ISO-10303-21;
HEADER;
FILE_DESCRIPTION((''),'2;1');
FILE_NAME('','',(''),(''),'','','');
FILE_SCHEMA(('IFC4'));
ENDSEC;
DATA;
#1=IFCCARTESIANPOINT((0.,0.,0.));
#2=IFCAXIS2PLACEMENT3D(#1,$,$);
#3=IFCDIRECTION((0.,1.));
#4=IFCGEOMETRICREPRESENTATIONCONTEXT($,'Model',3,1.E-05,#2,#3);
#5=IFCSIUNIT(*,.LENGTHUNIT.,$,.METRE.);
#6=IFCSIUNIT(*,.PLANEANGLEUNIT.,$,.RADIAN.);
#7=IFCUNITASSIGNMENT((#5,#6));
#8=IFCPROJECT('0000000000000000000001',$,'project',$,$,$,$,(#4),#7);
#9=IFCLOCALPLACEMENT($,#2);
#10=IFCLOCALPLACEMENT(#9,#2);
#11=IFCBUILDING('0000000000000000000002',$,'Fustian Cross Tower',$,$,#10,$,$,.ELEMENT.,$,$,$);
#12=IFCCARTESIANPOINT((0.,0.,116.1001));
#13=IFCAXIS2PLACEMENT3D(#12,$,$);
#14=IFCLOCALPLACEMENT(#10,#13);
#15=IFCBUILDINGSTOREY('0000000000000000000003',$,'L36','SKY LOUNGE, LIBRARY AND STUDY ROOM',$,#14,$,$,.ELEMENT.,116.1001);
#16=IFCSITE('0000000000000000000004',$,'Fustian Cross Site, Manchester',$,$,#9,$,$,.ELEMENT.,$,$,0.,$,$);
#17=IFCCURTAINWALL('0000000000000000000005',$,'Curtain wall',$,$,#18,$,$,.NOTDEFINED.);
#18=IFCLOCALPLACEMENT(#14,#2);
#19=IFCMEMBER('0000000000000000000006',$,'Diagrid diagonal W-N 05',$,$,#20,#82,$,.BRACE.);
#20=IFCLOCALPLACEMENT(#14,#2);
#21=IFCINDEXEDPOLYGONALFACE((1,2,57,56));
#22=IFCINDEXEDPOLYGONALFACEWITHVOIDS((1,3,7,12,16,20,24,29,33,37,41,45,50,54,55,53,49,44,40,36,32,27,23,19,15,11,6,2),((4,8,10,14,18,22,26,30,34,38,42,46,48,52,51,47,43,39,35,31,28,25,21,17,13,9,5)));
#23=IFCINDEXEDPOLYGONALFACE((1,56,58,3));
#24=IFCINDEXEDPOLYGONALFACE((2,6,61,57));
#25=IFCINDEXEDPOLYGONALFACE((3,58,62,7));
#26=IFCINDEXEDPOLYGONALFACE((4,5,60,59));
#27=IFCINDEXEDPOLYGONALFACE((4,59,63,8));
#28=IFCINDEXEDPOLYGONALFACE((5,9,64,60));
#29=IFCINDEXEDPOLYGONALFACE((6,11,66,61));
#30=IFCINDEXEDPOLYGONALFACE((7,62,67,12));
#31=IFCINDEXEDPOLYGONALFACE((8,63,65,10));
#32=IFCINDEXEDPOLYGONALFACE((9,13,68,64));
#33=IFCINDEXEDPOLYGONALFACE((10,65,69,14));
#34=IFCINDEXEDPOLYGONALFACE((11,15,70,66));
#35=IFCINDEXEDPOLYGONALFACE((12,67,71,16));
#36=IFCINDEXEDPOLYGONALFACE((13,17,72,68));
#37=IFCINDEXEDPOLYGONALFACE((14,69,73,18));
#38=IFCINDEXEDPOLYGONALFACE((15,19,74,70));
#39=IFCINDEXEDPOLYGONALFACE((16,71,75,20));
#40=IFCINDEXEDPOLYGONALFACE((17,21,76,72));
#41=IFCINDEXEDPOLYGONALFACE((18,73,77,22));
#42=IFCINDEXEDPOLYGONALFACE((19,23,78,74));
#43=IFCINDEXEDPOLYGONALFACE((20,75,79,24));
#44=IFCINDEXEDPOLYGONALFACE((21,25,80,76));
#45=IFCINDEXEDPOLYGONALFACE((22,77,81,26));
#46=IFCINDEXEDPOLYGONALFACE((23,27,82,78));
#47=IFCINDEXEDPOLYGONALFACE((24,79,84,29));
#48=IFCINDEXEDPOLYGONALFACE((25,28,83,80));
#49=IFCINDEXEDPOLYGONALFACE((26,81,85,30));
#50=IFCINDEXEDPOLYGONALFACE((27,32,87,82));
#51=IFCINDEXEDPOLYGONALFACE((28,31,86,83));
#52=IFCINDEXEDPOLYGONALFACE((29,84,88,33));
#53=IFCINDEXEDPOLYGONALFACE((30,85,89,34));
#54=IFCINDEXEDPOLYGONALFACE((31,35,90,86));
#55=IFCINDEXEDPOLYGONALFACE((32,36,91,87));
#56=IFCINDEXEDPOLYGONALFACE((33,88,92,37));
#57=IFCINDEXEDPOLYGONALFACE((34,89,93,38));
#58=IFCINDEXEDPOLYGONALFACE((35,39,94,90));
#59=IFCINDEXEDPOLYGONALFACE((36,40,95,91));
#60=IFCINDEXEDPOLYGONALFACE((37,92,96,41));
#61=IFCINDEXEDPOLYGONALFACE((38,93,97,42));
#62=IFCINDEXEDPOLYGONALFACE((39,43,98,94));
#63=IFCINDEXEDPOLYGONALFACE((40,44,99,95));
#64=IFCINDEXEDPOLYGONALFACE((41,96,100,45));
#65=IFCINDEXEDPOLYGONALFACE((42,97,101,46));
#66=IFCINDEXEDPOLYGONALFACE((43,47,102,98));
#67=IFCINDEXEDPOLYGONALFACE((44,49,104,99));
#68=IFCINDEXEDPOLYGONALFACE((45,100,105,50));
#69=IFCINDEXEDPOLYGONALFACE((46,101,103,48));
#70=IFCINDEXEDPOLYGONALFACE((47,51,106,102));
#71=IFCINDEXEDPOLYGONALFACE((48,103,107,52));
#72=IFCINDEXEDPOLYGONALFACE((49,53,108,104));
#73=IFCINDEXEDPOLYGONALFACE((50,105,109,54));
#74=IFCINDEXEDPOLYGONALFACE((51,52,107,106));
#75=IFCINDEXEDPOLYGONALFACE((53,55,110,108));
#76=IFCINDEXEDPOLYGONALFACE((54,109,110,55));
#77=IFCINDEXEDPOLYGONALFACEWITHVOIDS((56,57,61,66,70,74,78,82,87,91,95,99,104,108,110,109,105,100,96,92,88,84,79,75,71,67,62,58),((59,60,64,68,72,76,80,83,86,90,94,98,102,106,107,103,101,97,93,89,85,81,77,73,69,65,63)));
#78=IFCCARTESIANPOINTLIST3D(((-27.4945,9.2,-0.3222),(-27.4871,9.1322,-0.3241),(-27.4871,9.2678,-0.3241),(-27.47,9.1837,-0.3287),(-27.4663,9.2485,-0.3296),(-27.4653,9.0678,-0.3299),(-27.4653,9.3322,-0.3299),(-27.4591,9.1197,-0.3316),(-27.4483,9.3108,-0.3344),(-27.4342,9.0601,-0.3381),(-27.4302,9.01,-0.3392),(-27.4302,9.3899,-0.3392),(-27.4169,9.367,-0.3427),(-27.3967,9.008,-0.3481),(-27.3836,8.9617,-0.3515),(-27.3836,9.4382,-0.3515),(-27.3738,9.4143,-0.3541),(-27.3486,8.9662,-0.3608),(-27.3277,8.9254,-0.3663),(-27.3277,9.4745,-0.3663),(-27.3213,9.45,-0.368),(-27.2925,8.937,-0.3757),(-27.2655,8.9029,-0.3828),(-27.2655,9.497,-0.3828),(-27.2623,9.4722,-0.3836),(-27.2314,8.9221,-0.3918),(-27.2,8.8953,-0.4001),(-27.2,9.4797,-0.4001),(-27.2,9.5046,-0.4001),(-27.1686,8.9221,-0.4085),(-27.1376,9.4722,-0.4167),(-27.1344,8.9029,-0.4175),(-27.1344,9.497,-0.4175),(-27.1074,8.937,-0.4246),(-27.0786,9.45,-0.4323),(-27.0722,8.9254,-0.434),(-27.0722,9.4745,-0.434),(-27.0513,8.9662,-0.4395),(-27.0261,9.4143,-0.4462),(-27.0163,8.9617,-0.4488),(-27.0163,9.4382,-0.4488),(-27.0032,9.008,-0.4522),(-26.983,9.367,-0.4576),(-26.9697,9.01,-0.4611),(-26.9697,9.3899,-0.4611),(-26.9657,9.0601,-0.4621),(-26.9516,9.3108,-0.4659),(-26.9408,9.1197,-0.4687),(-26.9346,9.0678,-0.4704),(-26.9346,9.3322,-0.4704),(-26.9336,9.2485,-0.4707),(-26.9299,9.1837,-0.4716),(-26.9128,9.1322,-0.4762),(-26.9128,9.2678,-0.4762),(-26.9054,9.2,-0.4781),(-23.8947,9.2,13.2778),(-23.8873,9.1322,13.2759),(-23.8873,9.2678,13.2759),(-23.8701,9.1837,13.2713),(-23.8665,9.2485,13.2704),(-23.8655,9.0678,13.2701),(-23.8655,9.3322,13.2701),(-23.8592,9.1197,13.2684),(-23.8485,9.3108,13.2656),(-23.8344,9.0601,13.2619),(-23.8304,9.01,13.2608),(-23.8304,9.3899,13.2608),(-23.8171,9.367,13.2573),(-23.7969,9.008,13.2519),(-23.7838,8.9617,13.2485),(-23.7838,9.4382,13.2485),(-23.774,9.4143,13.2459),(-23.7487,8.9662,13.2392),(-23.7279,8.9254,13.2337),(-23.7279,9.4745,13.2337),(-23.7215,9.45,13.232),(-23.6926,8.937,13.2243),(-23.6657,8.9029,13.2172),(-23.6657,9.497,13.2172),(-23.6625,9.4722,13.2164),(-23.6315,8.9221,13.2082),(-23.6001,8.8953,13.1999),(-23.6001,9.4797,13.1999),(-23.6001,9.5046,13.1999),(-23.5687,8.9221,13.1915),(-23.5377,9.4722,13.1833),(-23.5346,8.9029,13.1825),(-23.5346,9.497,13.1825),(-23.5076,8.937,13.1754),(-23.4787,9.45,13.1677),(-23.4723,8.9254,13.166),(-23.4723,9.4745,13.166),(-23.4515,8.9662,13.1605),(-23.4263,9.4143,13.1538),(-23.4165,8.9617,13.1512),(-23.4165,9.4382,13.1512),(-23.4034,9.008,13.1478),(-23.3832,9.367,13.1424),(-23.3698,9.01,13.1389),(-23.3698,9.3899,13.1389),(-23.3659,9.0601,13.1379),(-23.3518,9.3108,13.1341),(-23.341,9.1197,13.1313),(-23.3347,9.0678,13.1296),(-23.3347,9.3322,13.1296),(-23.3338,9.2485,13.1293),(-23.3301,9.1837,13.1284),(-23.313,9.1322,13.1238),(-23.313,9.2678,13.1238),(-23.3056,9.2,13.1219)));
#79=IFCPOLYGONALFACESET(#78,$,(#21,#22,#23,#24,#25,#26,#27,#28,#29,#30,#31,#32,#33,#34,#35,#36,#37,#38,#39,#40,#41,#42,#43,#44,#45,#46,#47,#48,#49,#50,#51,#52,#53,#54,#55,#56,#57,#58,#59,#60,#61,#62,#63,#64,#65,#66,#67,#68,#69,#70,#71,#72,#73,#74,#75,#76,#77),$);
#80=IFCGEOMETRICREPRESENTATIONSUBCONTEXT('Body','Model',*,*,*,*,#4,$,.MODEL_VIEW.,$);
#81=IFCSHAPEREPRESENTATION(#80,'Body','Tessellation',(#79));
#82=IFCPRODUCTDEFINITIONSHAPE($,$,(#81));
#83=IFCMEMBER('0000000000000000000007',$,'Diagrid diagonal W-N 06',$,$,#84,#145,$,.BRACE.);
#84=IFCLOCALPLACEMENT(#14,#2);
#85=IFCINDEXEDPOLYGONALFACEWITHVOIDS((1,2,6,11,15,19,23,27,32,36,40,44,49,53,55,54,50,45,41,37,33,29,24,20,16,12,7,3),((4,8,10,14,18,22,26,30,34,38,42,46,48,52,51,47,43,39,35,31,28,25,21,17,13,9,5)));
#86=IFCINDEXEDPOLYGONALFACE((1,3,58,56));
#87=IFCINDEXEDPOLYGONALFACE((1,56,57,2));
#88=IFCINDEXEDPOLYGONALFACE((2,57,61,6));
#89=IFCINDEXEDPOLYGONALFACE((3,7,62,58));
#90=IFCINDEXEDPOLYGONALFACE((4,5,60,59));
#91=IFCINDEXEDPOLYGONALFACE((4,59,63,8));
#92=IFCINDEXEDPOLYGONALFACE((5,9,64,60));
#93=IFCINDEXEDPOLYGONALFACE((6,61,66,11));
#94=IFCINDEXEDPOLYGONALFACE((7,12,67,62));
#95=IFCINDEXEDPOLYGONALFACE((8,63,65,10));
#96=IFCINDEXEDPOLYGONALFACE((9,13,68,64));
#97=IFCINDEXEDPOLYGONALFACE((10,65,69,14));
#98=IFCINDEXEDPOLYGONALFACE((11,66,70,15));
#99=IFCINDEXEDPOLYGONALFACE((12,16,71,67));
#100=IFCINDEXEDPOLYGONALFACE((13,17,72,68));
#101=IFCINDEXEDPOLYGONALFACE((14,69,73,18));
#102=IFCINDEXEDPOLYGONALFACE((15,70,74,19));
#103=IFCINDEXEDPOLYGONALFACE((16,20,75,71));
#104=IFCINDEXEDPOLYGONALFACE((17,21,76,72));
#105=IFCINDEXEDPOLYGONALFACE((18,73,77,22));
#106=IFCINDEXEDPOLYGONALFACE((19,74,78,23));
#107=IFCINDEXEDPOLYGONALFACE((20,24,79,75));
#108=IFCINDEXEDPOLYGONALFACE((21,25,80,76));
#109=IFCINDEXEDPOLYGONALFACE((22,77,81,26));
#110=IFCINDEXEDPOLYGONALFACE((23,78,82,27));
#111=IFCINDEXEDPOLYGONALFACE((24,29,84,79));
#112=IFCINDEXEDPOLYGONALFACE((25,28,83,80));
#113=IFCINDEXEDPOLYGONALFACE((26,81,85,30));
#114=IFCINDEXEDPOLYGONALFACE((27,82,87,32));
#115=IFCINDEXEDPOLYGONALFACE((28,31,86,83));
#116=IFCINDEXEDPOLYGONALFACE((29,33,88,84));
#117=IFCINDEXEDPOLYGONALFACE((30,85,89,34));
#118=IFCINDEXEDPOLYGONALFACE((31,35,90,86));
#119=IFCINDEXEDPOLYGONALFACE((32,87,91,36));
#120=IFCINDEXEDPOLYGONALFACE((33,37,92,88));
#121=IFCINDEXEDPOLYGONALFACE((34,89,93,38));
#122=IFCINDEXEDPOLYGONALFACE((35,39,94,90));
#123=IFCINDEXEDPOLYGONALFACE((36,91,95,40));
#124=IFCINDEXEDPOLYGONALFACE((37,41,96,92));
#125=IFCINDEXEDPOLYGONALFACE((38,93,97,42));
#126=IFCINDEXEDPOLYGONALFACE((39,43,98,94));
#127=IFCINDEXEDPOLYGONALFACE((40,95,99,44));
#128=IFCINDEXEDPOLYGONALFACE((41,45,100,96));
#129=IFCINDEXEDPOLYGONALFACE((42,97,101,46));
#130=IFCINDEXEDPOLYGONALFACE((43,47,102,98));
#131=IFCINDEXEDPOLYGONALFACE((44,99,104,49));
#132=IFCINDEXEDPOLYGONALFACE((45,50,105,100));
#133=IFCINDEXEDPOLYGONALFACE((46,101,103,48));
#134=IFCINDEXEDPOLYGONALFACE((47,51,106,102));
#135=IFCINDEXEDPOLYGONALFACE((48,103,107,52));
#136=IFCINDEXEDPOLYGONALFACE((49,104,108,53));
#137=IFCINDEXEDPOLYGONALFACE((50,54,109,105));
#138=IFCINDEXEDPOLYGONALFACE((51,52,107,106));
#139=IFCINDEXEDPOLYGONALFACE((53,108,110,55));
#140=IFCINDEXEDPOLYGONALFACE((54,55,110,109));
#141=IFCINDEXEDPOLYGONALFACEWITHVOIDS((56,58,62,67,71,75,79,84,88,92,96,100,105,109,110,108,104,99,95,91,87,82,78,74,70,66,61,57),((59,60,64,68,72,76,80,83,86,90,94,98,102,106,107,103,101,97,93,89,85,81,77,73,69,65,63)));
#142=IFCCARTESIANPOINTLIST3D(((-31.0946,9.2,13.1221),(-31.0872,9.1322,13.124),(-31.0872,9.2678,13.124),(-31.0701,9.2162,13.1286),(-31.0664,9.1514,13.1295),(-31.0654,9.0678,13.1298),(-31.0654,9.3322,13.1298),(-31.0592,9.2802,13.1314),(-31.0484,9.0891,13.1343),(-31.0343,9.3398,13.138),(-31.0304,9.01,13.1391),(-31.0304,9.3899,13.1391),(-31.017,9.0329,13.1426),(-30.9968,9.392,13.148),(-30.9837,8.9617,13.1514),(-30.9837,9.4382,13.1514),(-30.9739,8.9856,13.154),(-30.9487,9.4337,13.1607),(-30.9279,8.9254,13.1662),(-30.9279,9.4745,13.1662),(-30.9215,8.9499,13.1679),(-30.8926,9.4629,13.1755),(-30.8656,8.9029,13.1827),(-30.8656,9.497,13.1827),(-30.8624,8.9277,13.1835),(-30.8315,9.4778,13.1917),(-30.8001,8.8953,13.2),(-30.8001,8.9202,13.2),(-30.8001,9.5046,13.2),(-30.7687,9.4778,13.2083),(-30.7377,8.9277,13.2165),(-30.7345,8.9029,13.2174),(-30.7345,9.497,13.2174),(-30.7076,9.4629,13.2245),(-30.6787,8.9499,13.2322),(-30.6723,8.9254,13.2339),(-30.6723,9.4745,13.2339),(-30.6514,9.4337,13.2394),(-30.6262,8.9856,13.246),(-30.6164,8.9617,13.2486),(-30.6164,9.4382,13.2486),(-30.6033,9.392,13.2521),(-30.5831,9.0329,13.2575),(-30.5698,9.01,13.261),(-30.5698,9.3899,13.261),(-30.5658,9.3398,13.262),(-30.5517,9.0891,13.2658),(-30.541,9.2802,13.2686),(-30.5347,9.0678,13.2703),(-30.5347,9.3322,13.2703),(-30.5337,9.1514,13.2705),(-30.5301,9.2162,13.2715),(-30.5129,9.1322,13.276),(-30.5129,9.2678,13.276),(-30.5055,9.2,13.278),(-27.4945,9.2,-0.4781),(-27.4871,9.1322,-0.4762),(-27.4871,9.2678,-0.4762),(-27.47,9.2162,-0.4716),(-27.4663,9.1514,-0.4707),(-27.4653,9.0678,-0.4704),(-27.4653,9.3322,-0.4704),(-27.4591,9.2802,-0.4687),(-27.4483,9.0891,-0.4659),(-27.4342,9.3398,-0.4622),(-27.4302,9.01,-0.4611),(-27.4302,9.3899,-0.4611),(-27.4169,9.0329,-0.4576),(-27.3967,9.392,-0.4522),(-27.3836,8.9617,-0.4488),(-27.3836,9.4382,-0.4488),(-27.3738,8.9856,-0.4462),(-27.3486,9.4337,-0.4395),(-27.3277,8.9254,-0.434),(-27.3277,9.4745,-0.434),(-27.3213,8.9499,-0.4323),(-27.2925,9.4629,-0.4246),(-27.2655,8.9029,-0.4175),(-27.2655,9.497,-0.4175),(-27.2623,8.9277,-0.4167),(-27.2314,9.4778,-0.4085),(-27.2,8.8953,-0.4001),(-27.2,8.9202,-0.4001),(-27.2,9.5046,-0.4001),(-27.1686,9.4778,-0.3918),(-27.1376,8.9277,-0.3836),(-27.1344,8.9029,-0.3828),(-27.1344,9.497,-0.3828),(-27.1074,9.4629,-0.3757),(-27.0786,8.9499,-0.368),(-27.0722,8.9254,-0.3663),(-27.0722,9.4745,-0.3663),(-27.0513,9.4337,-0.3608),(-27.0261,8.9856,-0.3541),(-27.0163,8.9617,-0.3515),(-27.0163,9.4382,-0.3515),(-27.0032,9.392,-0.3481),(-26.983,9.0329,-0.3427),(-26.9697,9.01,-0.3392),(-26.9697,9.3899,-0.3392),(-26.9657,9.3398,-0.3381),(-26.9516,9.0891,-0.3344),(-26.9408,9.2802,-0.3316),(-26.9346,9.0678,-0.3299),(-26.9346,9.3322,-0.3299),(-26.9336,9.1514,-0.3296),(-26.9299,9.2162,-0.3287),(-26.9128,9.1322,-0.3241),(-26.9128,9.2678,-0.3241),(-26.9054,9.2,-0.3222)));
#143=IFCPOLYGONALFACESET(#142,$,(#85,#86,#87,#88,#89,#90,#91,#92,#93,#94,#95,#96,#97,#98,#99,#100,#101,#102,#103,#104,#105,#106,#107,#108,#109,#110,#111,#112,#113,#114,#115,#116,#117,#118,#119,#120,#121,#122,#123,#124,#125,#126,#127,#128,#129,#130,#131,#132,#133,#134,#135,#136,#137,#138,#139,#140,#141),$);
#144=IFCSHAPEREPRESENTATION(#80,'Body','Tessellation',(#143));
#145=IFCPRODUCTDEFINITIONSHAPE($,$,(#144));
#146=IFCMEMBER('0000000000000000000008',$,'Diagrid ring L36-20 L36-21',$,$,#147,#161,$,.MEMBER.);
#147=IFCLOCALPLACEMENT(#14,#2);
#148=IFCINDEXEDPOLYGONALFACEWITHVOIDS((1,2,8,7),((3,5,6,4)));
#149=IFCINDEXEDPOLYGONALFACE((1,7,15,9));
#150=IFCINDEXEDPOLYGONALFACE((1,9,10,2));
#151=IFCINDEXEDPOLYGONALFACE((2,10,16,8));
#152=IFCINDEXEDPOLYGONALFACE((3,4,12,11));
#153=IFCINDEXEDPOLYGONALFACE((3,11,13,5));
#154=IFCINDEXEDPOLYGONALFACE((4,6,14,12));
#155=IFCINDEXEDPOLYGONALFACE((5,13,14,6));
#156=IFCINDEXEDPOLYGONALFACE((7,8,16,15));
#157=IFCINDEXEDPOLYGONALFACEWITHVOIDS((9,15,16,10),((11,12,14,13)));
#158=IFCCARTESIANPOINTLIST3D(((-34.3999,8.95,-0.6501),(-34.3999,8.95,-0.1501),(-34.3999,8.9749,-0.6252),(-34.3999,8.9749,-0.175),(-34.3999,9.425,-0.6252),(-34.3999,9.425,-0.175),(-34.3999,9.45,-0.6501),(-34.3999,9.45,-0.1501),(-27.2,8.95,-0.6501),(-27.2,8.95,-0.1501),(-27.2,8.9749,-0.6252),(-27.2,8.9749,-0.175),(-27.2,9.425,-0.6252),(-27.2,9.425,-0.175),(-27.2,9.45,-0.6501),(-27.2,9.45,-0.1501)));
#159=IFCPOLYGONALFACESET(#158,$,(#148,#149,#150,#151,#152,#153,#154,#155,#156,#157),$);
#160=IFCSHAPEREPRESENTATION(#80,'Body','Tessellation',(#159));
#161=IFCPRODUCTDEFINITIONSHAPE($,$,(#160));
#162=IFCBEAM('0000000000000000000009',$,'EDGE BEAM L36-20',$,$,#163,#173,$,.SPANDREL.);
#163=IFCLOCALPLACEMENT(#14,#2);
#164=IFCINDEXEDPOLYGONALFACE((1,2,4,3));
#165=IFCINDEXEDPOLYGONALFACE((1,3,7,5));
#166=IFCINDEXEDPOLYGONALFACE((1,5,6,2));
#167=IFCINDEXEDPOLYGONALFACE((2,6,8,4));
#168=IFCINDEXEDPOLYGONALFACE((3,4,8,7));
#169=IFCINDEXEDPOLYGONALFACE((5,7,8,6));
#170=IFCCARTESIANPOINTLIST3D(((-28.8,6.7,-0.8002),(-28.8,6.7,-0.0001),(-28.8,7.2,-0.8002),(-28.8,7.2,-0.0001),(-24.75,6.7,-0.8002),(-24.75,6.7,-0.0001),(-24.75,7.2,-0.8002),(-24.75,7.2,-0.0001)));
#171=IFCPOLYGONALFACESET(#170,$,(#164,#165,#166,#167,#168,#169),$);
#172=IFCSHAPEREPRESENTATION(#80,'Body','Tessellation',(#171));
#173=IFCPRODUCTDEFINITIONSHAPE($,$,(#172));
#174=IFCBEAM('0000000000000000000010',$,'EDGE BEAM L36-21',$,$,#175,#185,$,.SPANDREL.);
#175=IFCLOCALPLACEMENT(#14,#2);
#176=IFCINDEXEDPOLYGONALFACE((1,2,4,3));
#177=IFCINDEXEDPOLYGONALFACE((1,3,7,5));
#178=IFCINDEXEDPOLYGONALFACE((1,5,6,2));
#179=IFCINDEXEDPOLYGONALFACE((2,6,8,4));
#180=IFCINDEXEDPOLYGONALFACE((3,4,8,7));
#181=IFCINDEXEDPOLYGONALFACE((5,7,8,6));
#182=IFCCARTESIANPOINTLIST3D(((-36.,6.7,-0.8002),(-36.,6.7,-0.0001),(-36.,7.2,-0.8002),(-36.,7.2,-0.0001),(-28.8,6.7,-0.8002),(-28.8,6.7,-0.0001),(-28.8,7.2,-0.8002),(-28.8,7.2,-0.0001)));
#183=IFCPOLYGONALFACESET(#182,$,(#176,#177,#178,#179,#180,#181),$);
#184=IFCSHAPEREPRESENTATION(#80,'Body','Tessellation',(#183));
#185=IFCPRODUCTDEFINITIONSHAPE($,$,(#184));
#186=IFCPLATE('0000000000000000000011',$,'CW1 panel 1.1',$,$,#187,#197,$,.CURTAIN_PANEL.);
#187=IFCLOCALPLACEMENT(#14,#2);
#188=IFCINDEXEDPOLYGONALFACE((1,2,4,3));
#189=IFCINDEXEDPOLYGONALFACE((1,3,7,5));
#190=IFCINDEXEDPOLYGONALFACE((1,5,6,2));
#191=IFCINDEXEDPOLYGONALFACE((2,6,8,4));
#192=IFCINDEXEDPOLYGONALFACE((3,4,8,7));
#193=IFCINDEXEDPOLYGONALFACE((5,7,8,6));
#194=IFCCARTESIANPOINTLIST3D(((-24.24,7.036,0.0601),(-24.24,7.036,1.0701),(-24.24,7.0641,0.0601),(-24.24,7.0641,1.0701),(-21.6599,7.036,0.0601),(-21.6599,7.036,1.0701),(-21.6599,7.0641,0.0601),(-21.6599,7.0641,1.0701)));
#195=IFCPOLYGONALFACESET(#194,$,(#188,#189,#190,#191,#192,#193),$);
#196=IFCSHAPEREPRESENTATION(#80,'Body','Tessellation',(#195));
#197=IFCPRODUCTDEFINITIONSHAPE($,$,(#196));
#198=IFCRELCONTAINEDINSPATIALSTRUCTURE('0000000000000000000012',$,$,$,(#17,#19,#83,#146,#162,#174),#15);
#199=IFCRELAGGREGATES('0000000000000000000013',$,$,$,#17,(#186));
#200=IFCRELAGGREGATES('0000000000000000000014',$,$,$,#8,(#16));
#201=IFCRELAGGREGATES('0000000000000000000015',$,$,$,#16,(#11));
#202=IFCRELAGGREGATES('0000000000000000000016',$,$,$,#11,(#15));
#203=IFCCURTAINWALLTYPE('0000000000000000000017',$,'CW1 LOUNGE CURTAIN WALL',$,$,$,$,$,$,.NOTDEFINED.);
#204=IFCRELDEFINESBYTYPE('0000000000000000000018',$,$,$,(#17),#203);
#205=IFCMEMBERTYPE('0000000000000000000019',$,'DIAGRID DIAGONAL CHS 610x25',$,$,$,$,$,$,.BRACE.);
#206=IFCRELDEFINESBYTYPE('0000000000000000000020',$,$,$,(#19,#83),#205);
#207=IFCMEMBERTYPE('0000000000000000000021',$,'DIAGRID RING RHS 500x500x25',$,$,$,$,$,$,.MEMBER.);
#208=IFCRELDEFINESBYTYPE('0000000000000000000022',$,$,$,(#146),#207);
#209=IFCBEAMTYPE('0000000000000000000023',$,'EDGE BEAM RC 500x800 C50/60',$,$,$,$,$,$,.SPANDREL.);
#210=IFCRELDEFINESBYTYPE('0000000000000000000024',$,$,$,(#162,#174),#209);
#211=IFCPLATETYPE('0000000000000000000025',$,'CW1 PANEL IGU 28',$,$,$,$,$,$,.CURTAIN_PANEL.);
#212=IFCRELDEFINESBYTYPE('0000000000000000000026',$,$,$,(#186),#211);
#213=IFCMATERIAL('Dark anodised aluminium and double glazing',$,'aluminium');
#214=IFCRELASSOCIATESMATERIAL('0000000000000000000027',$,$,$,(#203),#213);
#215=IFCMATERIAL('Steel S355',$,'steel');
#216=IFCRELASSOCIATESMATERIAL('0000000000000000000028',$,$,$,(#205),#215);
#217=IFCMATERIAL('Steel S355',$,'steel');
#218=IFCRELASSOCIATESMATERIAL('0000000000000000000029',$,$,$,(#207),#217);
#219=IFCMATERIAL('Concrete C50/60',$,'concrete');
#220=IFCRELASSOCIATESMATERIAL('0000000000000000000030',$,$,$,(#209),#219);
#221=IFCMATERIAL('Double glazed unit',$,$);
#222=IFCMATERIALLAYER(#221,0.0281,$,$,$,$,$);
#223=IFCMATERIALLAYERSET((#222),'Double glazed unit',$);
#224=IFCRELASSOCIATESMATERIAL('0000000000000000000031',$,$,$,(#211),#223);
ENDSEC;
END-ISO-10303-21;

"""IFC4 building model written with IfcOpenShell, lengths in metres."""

from ifc_helpers import new_model, si_unit, direction, frame, origin, origin_2d, place, context, subcontext, project, spatial, rectangle, hollow_rectangle, hollow_circle, extrude, material, layer, layer_set, material_profile, profile_set, type_object, element, aggregate, save


model = new_model("IFC4")

# Units and contexts
model_context = context("Model", 3, precision=1e-05, world=origin(), true_north=direction((0.0, 1.0)))
body_context = subcontext(model_context, "Body", "Model", "MODEL_VIEW")
ifc_project = project(units=[si_unit("LENGTHUNIT", "METRE"), si_unit("PLANEANGLEUNIT", "RADIAN")], contexts=[model_context])

# Site, building, storey
site_placement = place(None, origin())
site = spatial("IfcSite", under=ifc_project, at=site_placement, Name="Fustian Cross Site, Manchester", CompositionType="ELEMENT", RefElevation=0.0)
building_placement = place(site_placement, origin())
building = spatial("IfcBuilding", under=site, at=building_placement, Name="Fustian Cross Tower", CompositionType="ELEMENT")
storey_placement = place(building_placement, frame((0.0, 0.0, 116.1001)))
storey = spatial("IfcBuildingStorey", under=building, at=storey_placement, Name="L36", Description="SKY LOUNGE, LIBRARY AND STUDY ROOM", CompositionType="ELEMENT", Elevation=116.1001)

# Curtain wall
ifc_material_1 = material(Name="Dark anodised aluminium and double glazing", Category="aluminium")
curtain_wall_type = type_object("IfcCurtainWallType", Name="CW1 LOUNGE CURTAIN WALL", PredefinedType="NOTDEFINED", material=ifc_material_1)
curtain_wall_1_placement = place(storey_placement, origin())
curtain_wall_1 = element("IfcCurtainWall", 1, at=curtain_wall_1_placement, inside=storey, type_object=curtain_wall_type, Name="Curtain wall", PredefinedType="NOTDEFINED")

# Members
ifc_material_2 = material(Name="Steel S355", Category="steel")
ifc_material_profile_1 = material_profile(ifc_material_2, hollow_circle(Radius=0.3047, WallThickness=0.0249, at=origin_2d()), Name="CHS 610x25")
ifc_profile_set_1 = profile_set([ifc_material_profile_1], Name="Steel S355")
member_type_1 = type_object("IfcMemberType", Name="DIAGRID DIAGONAL CHS 610x25", PredefinedType="BRACE", material=ifc_profile_set_1)
member_1_placement = place(storey_placement, frame((-27.2, 9.2, -0.4001), z_axis=(0.255881, 0.0, 0.966708), x_axis=(0.0, 1.0, 0.0)))
element("IfcMember", 2, at=member_1_placement, inside=storey, type_object=member_type_1, Name="Diagrid diagonal W-N 05", PredefinedType="BRACE", context=body_context, shape_type="SweptSolid", body=[
    extrude(hollow_circle(Radius=0.3047, WallThickness=0.0249, at=origin_2d()), origin(), (0.0, 0.0, 1.0), 14.0684),
])
member_2_placement = place(storey_placement, frame((-27.2, 9.2, -0.4001), z_axis=(-0.255897, 0.0, 0.966704), x_axis=(0.0, -1.0, 0.0)))
element("IfcMember", 3, at=member_2_placement, inside=storey, type_object=member_type_1, Name="Diagrid diagonal W-N 06", PredefinedType="BRACE", context=body_context, shape_type="SweptSolid", body=[
    extrude(hollow_circle(Radius=0.3047, WallThickness=0.0249, at=origin_2d()), origin(), (0.0, 0.0, 1.0), 14.0686),
])
ifc_material_3 = material(Name="Steel S355", Category="steel")
ifc_material_profile_2 = material_profile(ifc_material_3, hollow_rectangle(XDim=0.5, YDim=0.5, WallThickness=0.0249, at=origin_2d()), Name="RHS 500x500x25")
ifc_profile_set_2 = profile_set([ifc_material_profile_2], Name="Steel S355")
member_type_2 = type_object("IfcMemberType", Name="DIAGRID RING RHS 500x500x25", PredefinedType="MEMBER", material=ifc_profile_set_2)
member_3_placement = place(storey_placement, frame((-27.2, 9.2, -0.4001), z_axis=(-1.0, 0.0, 0.0), x_axis=(0.0, -1.0, 0.0)))
element("IfcMember", 4, at=member_3_placement, inside=storey, type_object=member_type_2, Name="Diagrid ring L36-20 L36-21", PredefinedType="MEMBER", context=body_context, shape_type="SweptSolid", body=[
    extrude(hollow_rectangle(XDim=0.5, YDim=0.5, WallThickness=0.0249, at=origin_2d()), origin(), (0.0, 0.0, 1.0), 7.2),
])

# Beams
ifc_material_4 = material(Name="Concrete C50/60", Category="concrete")
ifc_material_profile_3 = material_profile(ifc_material_4, rectangle(XDim=0.5, YDim=0.8, at=origin_2d()), Name="RC 500x800")
ifc_profile_set_3 = profile_set([ifc_material_profile_3], Name="Concrete C50/60")
beam_type = type_object("IfcBeamType", Name="EDGE BEAM RC 500x800 C50/60", PredefinedType="SPANDREL", material=ifc_profile_set_3)
beam_1_placement = place(storey_placement, frame((-24.75, 6.95, -0.4001), z_axis=(-1.0, 0.0, 0.0), x_axis=(0.0, -1.0, 0.0)))
element("IfcBeam", 5, at=beam_1_placement, inside=storey, type_object=beam_type, Name="EDGE BEAM L36-20", PredefinedType="SPANDREL", context=body_context, shape_type="SweptSolid", body=[
    extrude(rectangle(XDim=0.5, YDim=0.8, at=origin_2d()), origin(), (0.0, 0.0, 1.0), 4.05),
])
beam_2_placement = place(storey_placement, frame((-28.8, 6.95, -0.4001), z_axis=(-1.0, 0.0, 0.0), x_axis=(0.0, -1.0, 0.0)))
element("IfcBeam", 6, at=beam_2_placement, inside=storey, type_object=beam_type, Name="EDGE BEAM L36-21", PredefinedType="SPANDREL", context=body_context, shape_type="SweptSolid", body=[
    extrude(rectangle(XDim=0.5, YDim=0.8, at=origin_2d()), origin(), (0.0, 0.0, 1.0), 7.2),
])

# Plate
ifc_material_5 = material(Name="Double glazed unit")
ifc_layer = layer(ifc_material_5, 0.0281)
ifc_layer_set = layer_set([ifc_layer], Name="Double glazed unit")
plate_type = type_object("IfcPlateType", Name="CW1 PANEL IGU 28", PredefinedType="CURTAIN_PANEL", material=ifc_layer_set)
plate_1_placement = place(storey_placement, frame((-22.95, 7.05, 0.0601), z_axis=(0.0, 0.0, 1.0), x_axis=(-1.0, 0.0, 0.0)))
plate_1 = element("IfcPlate", 7, at=plate_1_placement, type_object=plate_type, Name="CW1 panel 1.1", PredefinedType="CURTAIN_PANEL", context=body_context, shape_type="SweptSolid", body=[
    extrude(rectangle(XDim=2.5801, YDim=0.0281, at=origin_2d()), origin(), (0.0, 0.0, 1.0), 1.01),
])
aggregate(curtain_wall_1, [plate_1])

save(model, "model.ifc")
